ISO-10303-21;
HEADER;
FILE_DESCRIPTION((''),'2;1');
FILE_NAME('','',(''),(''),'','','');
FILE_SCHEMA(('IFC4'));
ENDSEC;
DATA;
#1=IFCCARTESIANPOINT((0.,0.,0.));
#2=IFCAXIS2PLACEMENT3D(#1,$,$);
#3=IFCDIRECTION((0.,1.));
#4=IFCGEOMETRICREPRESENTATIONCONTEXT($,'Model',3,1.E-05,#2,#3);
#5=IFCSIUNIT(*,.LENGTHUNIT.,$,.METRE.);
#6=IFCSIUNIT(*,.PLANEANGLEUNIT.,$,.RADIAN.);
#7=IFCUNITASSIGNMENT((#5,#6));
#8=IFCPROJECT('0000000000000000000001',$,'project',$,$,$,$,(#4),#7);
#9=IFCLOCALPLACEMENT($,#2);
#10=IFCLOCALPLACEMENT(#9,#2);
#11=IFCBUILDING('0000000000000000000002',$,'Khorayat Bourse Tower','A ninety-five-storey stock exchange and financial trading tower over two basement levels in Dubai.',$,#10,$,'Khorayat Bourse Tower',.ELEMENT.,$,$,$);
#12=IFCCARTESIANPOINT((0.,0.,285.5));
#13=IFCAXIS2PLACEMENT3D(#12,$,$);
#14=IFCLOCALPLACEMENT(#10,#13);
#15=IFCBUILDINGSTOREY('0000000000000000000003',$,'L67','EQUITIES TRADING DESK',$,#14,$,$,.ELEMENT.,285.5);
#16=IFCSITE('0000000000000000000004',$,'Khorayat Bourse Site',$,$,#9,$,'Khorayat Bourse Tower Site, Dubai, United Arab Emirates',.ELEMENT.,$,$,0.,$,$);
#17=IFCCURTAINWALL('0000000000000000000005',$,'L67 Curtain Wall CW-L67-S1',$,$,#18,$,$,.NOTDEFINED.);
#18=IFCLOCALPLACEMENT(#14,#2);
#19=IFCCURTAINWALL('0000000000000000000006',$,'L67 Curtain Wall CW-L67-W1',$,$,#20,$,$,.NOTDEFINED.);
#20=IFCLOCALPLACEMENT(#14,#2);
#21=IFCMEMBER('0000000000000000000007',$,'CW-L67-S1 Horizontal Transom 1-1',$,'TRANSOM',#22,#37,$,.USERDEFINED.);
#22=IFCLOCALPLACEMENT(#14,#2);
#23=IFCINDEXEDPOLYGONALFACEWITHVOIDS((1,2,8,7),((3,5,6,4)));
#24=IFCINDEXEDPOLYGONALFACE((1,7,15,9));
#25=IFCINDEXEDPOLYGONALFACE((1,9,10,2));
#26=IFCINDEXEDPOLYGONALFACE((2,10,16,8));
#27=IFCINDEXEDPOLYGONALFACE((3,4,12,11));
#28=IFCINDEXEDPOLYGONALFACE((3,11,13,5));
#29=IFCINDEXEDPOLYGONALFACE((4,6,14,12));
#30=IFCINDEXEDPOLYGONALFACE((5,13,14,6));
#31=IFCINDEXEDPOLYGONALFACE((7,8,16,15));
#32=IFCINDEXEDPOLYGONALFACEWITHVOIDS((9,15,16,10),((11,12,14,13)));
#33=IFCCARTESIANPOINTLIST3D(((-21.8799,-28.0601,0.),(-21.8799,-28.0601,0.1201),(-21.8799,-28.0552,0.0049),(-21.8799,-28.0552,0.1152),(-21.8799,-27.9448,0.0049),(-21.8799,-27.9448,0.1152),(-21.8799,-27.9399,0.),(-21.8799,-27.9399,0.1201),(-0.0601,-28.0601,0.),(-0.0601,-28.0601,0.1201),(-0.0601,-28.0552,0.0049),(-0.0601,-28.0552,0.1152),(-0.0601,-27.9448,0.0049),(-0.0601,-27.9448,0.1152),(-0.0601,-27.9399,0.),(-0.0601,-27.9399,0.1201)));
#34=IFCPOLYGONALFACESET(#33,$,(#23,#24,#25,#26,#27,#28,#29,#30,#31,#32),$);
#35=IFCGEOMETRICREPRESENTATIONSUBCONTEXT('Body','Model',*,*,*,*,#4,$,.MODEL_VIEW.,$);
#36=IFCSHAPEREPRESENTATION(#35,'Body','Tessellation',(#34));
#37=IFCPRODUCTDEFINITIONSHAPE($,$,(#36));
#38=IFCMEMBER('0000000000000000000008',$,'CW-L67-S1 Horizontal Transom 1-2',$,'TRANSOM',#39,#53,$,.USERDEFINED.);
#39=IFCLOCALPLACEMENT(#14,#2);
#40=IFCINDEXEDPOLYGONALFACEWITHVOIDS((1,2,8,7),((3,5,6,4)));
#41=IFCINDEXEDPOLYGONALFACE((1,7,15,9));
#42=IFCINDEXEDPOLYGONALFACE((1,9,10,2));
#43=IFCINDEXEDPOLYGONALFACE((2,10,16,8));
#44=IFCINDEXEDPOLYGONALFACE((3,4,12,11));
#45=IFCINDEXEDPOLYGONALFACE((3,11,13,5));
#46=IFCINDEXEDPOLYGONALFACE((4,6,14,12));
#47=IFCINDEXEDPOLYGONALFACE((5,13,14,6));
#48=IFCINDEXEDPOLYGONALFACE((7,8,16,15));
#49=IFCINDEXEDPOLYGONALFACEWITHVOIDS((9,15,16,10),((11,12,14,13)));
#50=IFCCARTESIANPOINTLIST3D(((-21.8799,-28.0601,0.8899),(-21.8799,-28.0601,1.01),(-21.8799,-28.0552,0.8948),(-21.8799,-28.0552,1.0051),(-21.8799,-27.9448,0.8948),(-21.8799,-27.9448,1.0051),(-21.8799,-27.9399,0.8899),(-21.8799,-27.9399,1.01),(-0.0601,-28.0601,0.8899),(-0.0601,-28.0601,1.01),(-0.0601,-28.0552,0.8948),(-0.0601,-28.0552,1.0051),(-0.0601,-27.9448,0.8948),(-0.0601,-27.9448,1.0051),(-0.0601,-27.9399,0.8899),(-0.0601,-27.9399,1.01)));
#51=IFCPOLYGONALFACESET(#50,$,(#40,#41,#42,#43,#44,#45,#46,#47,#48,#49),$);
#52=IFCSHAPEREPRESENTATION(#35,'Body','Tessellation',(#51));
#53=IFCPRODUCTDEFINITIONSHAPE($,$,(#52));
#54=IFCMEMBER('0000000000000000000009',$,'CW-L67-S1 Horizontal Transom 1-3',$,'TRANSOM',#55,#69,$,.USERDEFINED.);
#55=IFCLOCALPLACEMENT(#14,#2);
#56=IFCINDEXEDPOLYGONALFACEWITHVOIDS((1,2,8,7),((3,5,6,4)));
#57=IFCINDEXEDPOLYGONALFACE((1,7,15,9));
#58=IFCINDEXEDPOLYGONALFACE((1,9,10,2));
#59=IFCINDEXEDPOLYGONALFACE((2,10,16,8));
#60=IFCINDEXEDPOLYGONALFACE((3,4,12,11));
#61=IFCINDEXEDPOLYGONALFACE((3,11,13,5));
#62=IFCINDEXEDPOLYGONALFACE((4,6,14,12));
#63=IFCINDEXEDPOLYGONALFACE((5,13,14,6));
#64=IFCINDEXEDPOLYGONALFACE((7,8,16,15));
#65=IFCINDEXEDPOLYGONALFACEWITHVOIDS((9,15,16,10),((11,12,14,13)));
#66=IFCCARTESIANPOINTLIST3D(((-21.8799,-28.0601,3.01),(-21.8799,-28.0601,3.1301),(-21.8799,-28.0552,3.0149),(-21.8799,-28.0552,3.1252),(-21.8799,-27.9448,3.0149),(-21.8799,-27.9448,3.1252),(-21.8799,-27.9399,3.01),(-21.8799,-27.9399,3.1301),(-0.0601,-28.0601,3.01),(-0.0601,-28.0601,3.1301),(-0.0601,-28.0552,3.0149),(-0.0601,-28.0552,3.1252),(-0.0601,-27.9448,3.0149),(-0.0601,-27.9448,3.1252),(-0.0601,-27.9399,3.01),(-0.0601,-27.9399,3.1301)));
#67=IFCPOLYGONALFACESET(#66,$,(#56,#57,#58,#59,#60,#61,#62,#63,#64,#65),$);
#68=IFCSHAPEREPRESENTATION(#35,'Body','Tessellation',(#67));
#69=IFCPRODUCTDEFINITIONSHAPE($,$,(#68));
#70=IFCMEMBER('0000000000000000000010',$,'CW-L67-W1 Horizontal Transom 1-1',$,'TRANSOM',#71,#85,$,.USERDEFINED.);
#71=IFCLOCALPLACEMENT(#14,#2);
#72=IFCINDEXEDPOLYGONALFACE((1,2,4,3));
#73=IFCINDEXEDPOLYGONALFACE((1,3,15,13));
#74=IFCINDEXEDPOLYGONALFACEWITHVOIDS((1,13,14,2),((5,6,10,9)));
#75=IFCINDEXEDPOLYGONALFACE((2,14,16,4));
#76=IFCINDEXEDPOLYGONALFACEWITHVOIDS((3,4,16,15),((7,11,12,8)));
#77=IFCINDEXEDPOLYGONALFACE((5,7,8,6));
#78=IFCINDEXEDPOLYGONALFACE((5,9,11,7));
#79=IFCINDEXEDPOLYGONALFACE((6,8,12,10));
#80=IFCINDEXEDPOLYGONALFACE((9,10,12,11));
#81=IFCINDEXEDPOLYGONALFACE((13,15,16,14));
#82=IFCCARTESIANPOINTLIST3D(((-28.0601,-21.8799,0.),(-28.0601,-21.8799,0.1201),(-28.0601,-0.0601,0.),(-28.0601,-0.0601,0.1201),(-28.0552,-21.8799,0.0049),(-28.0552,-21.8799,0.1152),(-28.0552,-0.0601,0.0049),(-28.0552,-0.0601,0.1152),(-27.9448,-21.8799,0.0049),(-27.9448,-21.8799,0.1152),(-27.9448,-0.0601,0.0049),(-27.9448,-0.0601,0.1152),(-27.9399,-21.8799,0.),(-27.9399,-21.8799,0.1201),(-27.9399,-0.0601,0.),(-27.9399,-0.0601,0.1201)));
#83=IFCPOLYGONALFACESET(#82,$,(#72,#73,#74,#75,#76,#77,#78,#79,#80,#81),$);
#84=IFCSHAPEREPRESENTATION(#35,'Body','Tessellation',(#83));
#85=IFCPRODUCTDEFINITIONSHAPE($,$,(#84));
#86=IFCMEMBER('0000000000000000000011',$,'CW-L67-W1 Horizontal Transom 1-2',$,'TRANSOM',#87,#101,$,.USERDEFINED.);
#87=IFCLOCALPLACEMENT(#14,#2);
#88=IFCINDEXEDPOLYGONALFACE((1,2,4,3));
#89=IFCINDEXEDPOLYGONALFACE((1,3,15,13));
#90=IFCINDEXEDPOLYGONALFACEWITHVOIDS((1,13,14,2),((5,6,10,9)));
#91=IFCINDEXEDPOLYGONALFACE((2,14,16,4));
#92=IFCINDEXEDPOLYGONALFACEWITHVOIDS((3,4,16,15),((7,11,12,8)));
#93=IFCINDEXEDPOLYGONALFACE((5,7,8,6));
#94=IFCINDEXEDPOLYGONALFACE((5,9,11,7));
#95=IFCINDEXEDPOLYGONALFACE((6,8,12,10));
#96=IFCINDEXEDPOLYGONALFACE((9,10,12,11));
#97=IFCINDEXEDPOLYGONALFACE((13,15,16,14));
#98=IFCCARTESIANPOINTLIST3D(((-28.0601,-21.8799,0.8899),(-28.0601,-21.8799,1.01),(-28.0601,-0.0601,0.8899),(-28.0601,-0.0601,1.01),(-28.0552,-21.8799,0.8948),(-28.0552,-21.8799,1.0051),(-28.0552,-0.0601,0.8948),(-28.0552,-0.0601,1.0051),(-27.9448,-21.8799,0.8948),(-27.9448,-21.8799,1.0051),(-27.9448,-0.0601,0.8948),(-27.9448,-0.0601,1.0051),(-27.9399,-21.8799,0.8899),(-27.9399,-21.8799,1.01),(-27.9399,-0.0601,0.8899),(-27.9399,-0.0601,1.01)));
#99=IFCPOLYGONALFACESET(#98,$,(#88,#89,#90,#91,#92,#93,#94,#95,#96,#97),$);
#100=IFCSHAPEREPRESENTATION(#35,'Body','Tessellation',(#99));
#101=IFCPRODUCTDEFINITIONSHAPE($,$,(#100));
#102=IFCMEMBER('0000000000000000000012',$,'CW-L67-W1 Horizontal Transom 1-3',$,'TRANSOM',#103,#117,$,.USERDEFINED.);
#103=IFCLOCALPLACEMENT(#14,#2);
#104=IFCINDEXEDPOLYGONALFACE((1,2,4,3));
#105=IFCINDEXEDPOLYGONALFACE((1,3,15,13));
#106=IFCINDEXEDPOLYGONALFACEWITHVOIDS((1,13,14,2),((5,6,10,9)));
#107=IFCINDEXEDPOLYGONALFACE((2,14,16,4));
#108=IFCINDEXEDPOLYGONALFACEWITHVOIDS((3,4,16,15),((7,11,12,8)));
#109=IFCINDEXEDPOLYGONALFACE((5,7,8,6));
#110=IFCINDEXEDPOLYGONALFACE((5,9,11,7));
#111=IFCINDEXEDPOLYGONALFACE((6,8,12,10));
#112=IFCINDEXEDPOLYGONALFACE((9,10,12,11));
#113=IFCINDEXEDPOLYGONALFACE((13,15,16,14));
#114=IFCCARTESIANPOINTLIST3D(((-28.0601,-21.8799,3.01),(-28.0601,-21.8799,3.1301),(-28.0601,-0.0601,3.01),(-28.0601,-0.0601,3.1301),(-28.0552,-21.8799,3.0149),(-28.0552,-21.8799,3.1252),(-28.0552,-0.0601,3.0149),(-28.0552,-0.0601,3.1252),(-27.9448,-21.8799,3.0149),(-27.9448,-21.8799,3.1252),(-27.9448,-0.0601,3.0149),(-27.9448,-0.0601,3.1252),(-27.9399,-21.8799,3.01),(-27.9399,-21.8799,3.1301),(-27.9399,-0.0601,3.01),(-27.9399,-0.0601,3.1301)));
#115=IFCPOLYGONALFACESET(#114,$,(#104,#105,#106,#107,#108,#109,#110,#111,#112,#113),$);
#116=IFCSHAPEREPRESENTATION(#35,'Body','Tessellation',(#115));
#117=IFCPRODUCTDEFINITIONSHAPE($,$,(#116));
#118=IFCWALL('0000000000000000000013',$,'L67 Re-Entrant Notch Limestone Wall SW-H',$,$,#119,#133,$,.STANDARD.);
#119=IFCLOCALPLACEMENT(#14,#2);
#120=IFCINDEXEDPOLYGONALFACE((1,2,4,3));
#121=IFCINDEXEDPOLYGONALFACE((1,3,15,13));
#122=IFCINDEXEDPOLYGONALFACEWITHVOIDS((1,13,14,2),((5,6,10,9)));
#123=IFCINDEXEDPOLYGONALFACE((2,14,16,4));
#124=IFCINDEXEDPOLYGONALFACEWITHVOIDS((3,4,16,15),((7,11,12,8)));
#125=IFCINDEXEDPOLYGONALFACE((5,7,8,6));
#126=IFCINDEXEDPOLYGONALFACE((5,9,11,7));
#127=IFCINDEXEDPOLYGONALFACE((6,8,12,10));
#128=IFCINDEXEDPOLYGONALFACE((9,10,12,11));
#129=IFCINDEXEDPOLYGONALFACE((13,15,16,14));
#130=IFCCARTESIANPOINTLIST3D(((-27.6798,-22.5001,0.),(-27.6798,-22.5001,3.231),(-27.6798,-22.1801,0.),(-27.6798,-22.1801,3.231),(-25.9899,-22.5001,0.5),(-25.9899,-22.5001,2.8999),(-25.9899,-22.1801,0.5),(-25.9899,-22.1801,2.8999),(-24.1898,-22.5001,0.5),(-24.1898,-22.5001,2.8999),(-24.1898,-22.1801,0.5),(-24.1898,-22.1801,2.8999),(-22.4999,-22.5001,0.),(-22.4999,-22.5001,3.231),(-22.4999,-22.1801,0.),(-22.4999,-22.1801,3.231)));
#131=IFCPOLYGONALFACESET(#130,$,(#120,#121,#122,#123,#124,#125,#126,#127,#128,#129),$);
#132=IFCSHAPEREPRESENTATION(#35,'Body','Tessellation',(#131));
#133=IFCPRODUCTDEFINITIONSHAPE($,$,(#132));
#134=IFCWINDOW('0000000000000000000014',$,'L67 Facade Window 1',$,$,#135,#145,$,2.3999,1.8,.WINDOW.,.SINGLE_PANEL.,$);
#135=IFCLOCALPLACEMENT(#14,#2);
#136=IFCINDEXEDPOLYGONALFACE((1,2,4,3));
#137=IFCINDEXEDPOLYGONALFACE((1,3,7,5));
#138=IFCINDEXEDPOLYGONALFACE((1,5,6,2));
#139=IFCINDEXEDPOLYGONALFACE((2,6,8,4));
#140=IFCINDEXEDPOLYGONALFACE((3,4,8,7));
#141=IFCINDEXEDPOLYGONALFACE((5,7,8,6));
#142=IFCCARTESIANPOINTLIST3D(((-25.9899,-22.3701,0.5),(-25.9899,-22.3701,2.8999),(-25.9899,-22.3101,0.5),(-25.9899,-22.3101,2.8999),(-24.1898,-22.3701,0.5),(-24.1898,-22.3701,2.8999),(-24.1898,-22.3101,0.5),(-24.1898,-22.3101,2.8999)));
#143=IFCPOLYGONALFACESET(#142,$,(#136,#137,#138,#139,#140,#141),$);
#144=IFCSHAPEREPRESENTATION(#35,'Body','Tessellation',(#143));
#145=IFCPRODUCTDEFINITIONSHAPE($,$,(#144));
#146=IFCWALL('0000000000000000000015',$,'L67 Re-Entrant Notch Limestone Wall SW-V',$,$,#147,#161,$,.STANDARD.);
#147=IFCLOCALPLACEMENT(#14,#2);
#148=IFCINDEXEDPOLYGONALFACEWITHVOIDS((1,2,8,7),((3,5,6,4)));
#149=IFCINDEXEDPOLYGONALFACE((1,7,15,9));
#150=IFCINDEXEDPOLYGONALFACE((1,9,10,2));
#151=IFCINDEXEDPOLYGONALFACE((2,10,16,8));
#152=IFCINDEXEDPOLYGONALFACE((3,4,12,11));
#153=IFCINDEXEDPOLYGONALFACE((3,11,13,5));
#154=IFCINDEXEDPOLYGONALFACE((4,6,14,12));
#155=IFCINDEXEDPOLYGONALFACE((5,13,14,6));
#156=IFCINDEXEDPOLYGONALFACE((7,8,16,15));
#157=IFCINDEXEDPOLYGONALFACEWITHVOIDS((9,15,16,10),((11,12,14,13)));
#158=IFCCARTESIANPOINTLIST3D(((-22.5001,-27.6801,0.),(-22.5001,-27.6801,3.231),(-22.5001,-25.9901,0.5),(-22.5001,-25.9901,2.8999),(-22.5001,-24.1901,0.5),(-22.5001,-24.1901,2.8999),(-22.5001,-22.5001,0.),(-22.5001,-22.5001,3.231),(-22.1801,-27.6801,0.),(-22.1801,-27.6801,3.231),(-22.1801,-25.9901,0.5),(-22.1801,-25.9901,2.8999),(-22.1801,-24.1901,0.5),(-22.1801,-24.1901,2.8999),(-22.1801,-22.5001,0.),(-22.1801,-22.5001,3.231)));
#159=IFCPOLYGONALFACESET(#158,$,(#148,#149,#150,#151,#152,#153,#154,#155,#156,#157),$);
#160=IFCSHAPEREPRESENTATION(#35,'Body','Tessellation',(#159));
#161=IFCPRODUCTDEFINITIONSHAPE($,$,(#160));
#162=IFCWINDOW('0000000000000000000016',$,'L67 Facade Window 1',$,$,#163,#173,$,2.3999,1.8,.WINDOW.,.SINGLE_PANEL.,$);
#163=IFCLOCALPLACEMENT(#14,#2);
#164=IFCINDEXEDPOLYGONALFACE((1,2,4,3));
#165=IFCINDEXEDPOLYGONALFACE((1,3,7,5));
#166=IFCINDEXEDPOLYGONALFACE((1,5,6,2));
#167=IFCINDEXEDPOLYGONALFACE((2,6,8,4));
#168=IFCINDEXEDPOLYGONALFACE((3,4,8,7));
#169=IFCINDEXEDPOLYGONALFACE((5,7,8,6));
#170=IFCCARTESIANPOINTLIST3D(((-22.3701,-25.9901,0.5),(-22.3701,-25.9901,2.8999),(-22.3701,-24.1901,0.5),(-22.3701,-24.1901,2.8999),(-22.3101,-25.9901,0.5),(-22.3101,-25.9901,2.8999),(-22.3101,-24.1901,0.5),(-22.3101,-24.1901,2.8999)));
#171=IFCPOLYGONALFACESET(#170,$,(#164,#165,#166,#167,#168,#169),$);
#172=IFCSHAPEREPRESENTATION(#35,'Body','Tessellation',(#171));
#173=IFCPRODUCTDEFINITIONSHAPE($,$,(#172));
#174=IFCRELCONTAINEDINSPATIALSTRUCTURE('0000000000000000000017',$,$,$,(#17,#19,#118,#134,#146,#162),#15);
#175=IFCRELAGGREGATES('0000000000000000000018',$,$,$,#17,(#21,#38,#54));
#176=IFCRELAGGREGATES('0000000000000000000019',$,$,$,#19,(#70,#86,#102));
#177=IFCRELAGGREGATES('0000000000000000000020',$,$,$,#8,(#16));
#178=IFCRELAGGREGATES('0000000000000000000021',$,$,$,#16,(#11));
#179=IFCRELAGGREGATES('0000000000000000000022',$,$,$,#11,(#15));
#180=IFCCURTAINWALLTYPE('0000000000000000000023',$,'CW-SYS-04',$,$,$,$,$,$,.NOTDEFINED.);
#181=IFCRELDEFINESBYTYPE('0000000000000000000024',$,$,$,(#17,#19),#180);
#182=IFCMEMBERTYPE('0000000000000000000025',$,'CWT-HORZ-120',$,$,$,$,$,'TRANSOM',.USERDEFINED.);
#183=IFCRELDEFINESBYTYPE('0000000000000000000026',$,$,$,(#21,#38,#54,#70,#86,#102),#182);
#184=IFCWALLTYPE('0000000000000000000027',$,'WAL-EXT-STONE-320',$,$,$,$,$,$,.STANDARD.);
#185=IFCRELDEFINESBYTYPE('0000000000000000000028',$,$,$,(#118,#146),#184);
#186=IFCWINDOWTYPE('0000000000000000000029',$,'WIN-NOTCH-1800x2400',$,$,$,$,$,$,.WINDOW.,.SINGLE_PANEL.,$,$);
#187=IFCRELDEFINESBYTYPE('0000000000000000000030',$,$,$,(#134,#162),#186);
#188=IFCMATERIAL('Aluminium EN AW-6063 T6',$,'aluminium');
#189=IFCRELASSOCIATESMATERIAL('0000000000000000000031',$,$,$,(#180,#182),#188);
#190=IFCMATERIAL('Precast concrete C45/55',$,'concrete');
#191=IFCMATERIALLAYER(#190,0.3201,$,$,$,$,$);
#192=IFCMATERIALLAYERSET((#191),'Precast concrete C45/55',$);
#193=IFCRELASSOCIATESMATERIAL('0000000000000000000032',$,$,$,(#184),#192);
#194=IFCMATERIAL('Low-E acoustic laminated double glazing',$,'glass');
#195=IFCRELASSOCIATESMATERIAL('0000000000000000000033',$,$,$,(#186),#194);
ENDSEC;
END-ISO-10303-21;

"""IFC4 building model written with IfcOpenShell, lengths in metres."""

from ifc_helpers import new_model, si_unit, direction, frame, frame_2d, origin, origin_2d, place, context, subcontext, project, spatial, rectangle, hollow_rectangle, extrude, source, transform, mapped, material, layer, layer_set, material_profile, profile_set, type_object, element, fill, aggregate, save


model = new_model("IFC4")

# Units and contexts
model_context = context("Model", 3, precision=1e-05, world=origin(), true_north=direction((0.0, 1.0)))
body_context = subcontext(model_context, "Body", "Model", "MODEL_VIEW")
ifc_project = project(units=[si_unit("LENGTHUNIT", "METRE"), si_unit("PLANEANGLEUNIT", "RADIAN")], contexts=[model_context])

# Site, building, storey
site_placement = place(None, origin())
site = spatial("IfcSite", under=ifc_project, at=site_placement, Name="Khorayat Bourse Site", LongName="Khorayat Bourse Tower Site, Dubai, United Arab Emirates", CompositionType="ELEMENT", RefElevation=0.0)
building_placement = place(site_placement, origin())
building = spatial("IfcBuilding", under=site, at=building_placement, Name="Khorayat Bourse Tower", Description="A ninety-five-storey stock exchange and financial trading tower over two basement levels in Dubai.", LongName="Khorayat Bourse Tower", CompositionType="ELEMENT")
storey_placement = place(building_placement, frame((0.0, 0.0, 285.5)))
storey = spatial("IfcBuildingStorey", under=building, at=storey_placement, Name="L67", Description="EQUITIES TRADING DESK", CompositionType="ELEMENT", Elevation=285.5)

# Curtain walls
ifc_material_1 = material(Name="Aluminium EN AW-6063 T6", Category="aluminium")
curtain_wall_type = type_object("IfcCurtainWallType", Name="CW-SYS-04", PredefinedType="NOTDEFINED", material=ifc_material_1)
curtain_wall_1_placement = place(storey_placement, origin())
curtain_wall_1 = element("IfcCurtainWall", 1, at=curtain_wall_1_placement, inside=storey, type_object=curtain_wall_type, Name="L67 Curtain Wall CW-L67-S1", PredefinedType="NOTDEFINED")
curtain_wall_2_placement = place(storey_placement, origin())
curtain_wall_2 = element("IfcCurtainWall", 2, at=curtain_wall_2_placement, inside=storey, type_object=curtain_wall_type, Name="L67 Curtain Wall CW-L67-W1", PredefinedType="NOTDEFINED")

# Members
ifc_material_profile_1 = material_profile(ifc_material_1, hollow_rectangle(XDim=0.1201, YDim=0.1201, WallThickness=0.0049, at=origin_2d()), Name="ALU 120x120x5")
ifc_profile_set_1 = profile_set([ifc_material_profile_1], Name="Aluminium EN AW-6063 T6")
member_type_1 = type_object("IfcMemberType", Name="CWT-HORZ-120", ElementType="TRANSOM", PredefinedType="USERDEFINED", material=ifc_profile_set_1)
shared_shape_1 = source(origin(), body_context, "Body", "SweptSolid", [
    extrude(hollow_rectangle(XDim=0.1201, YDim=0.1201, WallThickness=0.0049, at=origin_2d()), origin(), (0.0, 0.0, 1.0), 21.8198),
])
member_1_placement = place(storey_placement, frame((-21.8799, -28.0, 0.0601), z_axis=(1.0, 0.0, 0.0), x_axis=(0.0, 1.0, 0.0)))
member_1 = element("IfcMember", 3, at=member_1_placement, type_object=member_type_1, Name="CW-L67-S1 Horizontal Transom 1-1", ObjectType="TRANSOM", PredefinedType="USERDEFINED", context=body_context, shape_type="MappedRepresentation", body=[
    mapped(shared_shape_1, transform((0.0, 0.0, 0.0), scale=1.0)),
])
member_2_placement = place(storey_placement, frame((-21.8799, -28.0, 0.95), z_axis=(1.0, 0.0, 0.0), x_axis=(0.0, 1.0, 0.0)))
member_2 = element("IfcMember", 4, at=member_2_placement, type_object=member_type_1, Name="CW-L67-S1 Horizontal Transom 1-2", ObjectType="TRANSOM", PredefinedType="USERDEFINED", context=body_context, shape_type="MappedRepresentation", body=[
    mapped(shared_shape_1, transform((0.0, 0.0, 0.0), scale=1.0)),
])
member_3_placement = place(storey_placement, frame((-21.8799, -28.0, 3.0701), z_axis=(1.0, 0.0, 0.0), x_axis=(0.0, 1.0, 0.0)))
member_3 = element("IfcMember", 5, at=member_3_placement, type_object=member_type_1, Name="CW-L67-S1 Horizontal Transom 1-3", ObjectType="TRANSOM", PredefinedType="USERDEFINED", context=body_context, shape_type="MappedRepresentation", body=[
    mapped(shared_shape_1, transform((0.0, 0.0, 0.0), scale=1.0)),
])
aggregate(curtain_wall_1, [member_1, member_2, member_3])
member_4_placement = place(storey_placement, frame((-28.0, -21.8799, 0.0601), z_axis=(0.0, 1.0, 0.0), x_axis=(-1.0, 0.0, 0.0)))
member_4 = element("IfcMember", 6, at=member_4_placement, type_object=member_type_1, Name="CW-L67-W1 Horizontal Transom 1-1", ObjectType="TRANSOM", PredefinedType="USERDEFINED", context=body_context, shape_type="MappedRepresentation", body=[
    mapped(shared_shape_1, transform((0.0, 0.0, 0.0), scale=1.0)),
])
member_5_placement = place(storey_placement, frame((-28.0, -21.8799, 0.95), z_axis=(0.0, 1.0, 0.0), x_axis=(-1.0, 0.0, 0.0)))
member_5 = element("IfcMember", 7, at=member_5_placement, type_object=member_type_1, Name="CW-L67-W1 Horizontal Transom 1-2", ObjectType="TRANSOM", PredefinedType="USERDEFINED", context=body_context, shape_type="MappedRepresentation", body=[
    mapped(shared_shape_1, transform((0.0, 0.0, 0.0), scale=1.0)),
])
member_6_placement = place(storey_placement, frame((-28.0, -21.8799, 3.0701), z_axis=(0.0, 1.0, 0.0), x_axis=(-1.0, 0.0, 0.0)))
member_6 = element("IfcMember", 8, at=member_6_placement, type_object=member_type_1, Name="CW-L67-W1 Horizontal Transom 1-3", ObjectType="TRANSOM", PredefinedType="USERDEFINED", context=body_context, shape_type="MappedRepresentation", body=[
    mapped(shared_shape_1, transform((0.0, 0.0, 0.0), scale=1.0)),
])
aggregate(curtain_wall_2, [member_4, member_5, member_6])

# Walls, openings, windows
ifc_material_2 = material(Name="Precast concrete C45/55", Category="concrete")
ifc_layer_1 = layer(ifc_material_2, 0.3201)
ifc_layer_set_1 = layer_set([ifc_layer_1], Name="Precast concrete C45/55")
wall_type_1 = type_object("IfcWallType", Name="WAL-EXT-STONE-320", PredefinedType="STANDARD", material=ifc_layer_set_1)
shared_shape_2 = source(origin(), body_context, "Body", "SweptSolid", [
    extrude(rectangle(XDim=5.1799, YDim=0.3201, at=frame_2d((2.5898, 0.0))), origin(), (0.0, 0.0, 1.0), 3.231),
])
wall_1_placement = place(storey_placement, frame((-22.5, -22.3401, 0.0), z_axis=(0.0, 0.0, 1.0), x_axis=(-1.0, 0.0, 0.0)))
wall_1 = element("IfcWall", 9, at=wall_1_placement, inside=storey, type_object=wall_type_1, Name="L67 Re-Entrant Notch Limestone Wall SW-H", PredefinedType="STANDARD", context=body_context, shape_type="MappedRepresentation", body=[
    mapped(shared_shape_2, transform((0.0, 0.0, 0.0), scale=1.0)),
])
shared_shape_3 = source(origin(), body_context, "Body", "SweptSolid", [
    extrude(rectangle(XDim=1.8, YDim=2.3999, at=frame_2d((0.8999, 1.2))), frame((0.0, 0.1699, 0.0), z_axis=(0.0, -1.0, 0.0), x_axis=(1.0, 0.0, 0.0)), (0.0, 0.0, 1.0), 0.3401),
])
opening_1_placement = place(wall_1_placement, frame((1.6899, 0.0, 0.5)))
opening_1 = element("IfcOpeningElement", 10, at=opening_1_placement, cuts=wall_1, PredefinedType="OPENING", context=body_context, shape_type="MappedRepresentation", body=[
    mapped(shared_shape_3, transform((0.0, 0.0, 0.0), scale=1.0)),
])
ifc_material_3 = material(Name="Low-E acoustic laminated double glazing", Category="glass")
window_type = type_object("IfcWindowType", Name="WIN-NOTCH-1800x2400", PartitioningType="SINGLE_PANEL", PredefinedType="WINDOW", material=ifc_material_3)
shared_shape_4 = source(origin(), body_context, "Body", "SweptSolid", [
    extrude(rectangle(XDim=1.8, YDim=2.3999, at=frame_2d((0.8999, 1.2))), frame((0.0, 0.03, 0.0), z_axis=(0.0, -1.0, 0.0), x_axis=(1.0, 0.0, 0.0)), (0.0, 0.0, 1.0), 0.0601),
])
window_1_placement = place(opening_1_placement, origin())
window_1 = element("IfcWindow", 11, at=window_1_placement, inside=storey, type_object=window_type, Name="L67 Facade Window 1", OverallHeight=2.3999, OverallWidth=1.8, PartitioningType="SINGLE_PANEL", PredefinedType="WINDOW", context=body_context, shape_type="MappedRepresentation", body=[
    mapped(shared_shape_4, transform((0.0, 0.0, 0.0), scale=1.0)),
])
fill(opening_1, window_1)
wall_2_placement = place(storey_placement, frame((-22.3401, -27.6799, 0.0), z_axis=(0.0, 0.0, 1.0), x_axis=(0.0, 1.0, 0.0)))
wall_2 = element("IfcWall", 12, at=wall_2_placement, inside=storey, type_object=wall_type_1, Name="L67 Re-Entrant Notch Limestone Wall SW-V", PredefinedType="STANDARD", context=body_context, shape_type="MappedRepresentation", body=[
    mapped(shared_shape_2, transform((0.0, 0.0, 0.0), scale=1.0)),
])
opening_2_placement = place(wall_2_placement, frame((1.6899, 0.0, 0.5)))
opening_2 = element("IfcOpeningElement", 13, at=opening_2_placement, cuts=wall_2, PredefinedType="OPENING", context=body_context, shape_type="MappedRepresentation", body=[
    mapped(shared_shape_3, transform((0.0, 0.0, 0.0), scale=1.0)),
])
window_2_placement = place(opening_2_placement, origin())
window_2 = element("IfcWindow", 14, at=window_2_placement, inside=storey, type_object=window_type, Name="L67 Facade Window 1", OverallHeight=2.3999, OverallWidth=1.8, PartitioningType="SINGLE_PANEL", PredefinedType="WINDOW", context=body_context, shape_type="MappedRepresentation", body=[
    mapped(shared_shape_4, transform((0.0, 0.0, 0.0), scale=1.0)),
])
fill(opening_2, window_2)

save(model, "model.ifc")
